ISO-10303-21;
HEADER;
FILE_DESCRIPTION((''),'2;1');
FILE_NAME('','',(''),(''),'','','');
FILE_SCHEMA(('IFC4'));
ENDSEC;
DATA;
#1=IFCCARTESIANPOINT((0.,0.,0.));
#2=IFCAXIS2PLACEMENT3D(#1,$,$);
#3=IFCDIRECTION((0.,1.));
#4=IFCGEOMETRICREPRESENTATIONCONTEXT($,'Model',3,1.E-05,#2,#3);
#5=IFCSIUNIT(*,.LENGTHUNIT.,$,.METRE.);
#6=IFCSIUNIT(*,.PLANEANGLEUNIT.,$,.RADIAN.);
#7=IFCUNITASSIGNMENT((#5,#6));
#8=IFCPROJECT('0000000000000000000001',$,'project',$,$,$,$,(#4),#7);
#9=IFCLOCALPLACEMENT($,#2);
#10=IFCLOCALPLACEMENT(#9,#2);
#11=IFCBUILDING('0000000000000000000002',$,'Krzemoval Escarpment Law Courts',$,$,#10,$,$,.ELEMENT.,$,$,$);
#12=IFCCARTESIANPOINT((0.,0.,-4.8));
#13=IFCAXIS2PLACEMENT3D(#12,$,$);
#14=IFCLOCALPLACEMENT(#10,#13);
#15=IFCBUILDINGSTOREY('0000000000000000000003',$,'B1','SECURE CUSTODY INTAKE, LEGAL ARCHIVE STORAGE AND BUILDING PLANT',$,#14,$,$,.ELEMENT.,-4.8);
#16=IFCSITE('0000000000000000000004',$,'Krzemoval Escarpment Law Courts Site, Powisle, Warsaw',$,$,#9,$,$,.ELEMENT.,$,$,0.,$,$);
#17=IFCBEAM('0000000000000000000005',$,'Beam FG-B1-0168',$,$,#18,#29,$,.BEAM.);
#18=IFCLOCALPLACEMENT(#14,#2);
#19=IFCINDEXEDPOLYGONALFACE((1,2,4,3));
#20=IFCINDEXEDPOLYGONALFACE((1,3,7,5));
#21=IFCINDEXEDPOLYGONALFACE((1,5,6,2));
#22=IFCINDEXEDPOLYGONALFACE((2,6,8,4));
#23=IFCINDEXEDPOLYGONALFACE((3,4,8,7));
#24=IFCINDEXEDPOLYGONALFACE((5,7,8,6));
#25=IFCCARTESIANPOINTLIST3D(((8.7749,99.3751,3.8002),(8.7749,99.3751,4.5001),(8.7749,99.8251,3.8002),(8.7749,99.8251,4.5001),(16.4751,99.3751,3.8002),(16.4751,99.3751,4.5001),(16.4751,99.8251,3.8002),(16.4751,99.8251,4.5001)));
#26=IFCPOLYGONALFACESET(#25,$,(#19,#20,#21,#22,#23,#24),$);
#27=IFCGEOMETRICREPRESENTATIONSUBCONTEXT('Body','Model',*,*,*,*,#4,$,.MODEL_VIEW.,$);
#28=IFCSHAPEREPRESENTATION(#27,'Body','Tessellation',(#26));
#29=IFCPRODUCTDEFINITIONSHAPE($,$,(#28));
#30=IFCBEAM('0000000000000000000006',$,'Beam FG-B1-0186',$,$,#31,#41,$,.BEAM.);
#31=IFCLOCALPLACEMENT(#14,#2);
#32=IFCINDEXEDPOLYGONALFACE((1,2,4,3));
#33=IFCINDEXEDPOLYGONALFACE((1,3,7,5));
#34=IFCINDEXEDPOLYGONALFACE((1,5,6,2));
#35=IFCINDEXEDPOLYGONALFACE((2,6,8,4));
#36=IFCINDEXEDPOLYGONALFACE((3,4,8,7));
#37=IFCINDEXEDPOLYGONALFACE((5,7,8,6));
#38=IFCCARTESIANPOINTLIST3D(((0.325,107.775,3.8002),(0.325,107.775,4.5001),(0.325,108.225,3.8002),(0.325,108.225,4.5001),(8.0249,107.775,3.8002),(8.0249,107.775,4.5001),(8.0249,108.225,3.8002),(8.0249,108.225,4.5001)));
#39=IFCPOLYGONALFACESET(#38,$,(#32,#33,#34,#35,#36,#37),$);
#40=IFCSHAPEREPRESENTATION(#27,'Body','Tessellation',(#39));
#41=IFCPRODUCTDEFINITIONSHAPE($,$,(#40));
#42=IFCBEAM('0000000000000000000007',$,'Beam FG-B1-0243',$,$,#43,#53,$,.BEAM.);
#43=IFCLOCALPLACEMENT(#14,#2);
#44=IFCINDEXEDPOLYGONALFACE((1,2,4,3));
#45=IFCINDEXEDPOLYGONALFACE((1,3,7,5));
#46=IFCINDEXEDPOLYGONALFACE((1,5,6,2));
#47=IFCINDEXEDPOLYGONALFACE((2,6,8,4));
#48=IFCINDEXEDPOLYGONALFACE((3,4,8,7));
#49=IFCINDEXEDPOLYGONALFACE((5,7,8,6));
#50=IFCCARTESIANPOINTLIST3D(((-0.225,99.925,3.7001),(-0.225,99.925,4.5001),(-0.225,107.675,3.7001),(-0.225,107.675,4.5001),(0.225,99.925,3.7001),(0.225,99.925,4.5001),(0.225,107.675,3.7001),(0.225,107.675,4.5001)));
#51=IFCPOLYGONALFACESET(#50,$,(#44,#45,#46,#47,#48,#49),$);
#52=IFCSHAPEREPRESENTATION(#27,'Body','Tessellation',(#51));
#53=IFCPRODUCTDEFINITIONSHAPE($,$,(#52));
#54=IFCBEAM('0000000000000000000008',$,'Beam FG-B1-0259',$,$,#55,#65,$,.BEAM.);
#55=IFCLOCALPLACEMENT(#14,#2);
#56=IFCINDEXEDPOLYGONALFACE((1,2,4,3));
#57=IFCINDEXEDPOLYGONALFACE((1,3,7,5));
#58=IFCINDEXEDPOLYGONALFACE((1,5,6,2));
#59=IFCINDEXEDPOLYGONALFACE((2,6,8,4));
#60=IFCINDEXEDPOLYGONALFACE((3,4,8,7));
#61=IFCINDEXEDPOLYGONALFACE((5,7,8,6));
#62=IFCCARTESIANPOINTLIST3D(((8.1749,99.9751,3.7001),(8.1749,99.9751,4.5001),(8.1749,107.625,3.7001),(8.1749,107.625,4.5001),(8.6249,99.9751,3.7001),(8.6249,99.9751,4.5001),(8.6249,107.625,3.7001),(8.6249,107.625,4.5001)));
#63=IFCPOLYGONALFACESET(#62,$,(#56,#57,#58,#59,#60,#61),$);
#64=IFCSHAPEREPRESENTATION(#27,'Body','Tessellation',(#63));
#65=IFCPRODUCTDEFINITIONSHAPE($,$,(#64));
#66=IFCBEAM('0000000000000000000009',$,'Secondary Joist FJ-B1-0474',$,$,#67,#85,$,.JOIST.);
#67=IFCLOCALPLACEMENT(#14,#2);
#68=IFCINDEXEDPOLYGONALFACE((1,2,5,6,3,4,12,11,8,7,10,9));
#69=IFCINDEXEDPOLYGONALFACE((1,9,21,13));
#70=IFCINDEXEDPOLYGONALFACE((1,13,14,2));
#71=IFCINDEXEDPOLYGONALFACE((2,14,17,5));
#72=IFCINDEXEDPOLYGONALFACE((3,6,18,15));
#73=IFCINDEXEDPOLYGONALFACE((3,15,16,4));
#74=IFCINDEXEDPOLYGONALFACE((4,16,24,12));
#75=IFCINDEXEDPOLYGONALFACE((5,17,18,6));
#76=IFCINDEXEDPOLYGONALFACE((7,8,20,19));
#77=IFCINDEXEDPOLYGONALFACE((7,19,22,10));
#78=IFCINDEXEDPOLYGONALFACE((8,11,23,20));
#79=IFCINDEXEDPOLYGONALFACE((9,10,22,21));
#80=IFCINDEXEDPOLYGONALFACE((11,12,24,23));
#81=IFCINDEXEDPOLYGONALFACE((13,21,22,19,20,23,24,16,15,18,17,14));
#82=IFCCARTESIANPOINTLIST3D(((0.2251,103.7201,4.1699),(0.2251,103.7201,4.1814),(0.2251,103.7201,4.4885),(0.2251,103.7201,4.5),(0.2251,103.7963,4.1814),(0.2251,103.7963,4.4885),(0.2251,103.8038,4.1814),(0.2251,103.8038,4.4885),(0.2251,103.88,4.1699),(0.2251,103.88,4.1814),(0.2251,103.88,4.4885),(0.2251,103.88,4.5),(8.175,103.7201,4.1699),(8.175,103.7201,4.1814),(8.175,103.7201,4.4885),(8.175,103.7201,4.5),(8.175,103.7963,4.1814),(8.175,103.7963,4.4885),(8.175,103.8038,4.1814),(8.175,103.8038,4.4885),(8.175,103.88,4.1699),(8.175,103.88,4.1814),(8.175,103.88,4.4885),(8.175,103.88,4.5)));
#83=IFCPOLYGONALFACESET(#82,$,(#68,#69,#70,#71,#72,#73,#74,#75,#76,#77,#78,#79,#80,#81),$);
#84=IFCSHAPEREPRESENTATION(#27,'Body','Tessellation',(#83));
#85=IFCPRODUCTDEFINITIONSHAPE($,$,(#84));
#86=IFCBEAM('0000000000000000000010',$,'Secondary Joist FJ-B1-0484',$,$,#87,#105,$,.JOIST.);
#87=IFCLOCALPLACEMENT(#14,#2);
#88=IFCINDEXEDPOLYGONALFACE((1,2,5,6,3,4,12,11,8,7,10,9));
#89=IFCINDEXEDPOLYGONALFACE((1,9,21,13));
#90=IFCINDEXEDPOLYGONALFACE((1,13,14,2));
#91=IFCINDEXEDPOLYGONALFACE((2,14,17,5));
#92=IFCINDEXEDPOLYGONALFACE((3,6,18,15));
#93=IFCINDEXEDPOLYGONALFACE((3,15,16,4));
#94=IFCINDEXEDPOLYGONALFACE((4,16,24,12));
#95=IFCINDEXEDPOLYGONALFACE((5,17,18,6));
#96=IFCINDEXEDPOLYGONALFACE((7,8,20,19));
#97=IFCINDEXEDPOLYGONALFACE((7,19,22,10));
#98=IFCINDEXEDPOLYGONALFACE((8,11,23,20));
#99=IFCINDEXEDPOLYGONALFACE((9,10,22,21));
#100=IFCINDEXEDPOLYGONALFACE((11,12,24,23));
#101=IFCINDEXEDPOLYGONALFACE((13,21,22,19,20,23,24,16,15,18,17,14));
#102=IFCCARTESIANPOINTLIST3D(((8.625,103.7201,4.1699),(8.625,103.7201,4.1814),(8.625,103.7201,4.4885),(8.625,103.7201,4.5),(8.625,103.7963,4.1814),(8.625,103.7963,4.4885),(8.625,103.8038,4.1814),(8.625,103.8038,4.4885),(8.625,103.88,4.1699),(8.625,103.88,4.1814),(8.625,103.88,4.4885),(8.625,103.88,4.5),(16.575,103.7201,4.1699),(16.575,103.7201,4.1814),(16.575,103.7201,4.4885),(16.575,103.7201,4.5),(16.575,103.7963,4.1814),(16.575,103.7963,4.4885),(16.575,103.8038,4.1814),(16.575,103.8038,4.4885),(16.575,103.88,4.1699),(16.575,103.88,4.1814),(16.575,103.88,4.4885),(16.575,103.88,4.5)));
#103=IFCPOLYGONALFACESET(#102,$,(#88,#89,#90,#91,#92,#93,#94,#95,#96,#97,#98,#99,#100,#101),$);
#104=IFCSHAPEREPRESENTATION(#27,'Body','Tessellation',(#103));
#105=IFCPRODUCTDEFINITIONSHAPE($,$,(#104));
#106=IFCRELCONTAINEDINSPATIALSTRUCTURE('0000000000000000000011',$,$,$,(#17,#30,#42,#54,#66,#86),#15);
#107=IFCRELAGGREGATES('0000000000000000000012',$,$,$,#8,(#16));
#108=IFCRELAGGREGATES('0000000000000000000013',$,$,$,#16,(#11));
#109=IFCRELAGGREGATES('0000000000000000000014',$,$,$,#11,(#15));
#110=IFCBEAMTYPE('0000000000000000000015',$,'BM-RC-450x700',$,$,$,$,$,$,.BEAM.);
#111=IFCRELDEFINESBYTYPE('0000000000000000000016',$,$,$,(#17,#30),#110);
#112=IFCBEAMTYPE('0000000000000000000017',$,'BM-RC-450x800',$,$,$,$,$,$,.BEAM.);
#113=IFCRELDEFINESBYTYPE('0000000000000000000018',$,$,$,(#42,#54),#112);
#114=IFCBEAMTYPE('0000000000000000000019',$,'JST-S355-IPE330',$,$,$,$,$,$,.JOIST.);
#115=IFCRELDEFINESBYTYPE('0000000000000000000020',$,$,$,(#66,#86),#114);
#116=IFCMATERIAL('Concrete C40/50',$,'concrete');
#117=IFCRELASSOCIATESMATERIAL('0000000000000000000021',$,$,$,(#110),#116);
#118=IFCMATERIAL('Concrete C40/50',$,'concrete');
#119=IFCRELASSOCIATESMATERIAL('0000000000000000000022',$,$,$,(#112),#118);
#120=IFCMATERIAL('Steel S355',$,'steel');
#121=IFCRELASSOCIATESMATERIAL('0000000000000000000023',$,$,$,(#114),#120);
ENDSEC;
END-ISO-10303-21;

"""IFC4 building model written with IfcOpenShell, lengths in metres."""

from ifc_helpers import new_model, si_unit, direction, frame, origin, origin_2d, place, context, subcontext, project, spatial, rectangle, i_section, extrude, material, material_profile, profile_set, type_object, element, save


model = new_model("IFC4")

# Units and contexts
model_context = context("Model", 3, precision=1e-05, world=origin(), true_north=direction((0.0, 1.0)))
body_context = subcontext(model_context, "Body", "Model", "MODEL_VIEW")
ifc_project = project(units=[si_unit("LENGTHUNIT", "METRE"), si_unit("PLANEANGLEUNIT", "RADIAN")], contexts=[model_context])

# Site, building, storey
site_placement = place(None, origin())
site = spatial("IfcSite", under=ifc_project, at=site_placement, Name="Krzemoval Escarpment Law Courts Site, Powisle, Warsaw", CompositionType="ELEMENT", RefElevation=0.0)
building_placement = place(site_placement, origin())
building = spatial("IfcBuilding", under=site, at=building_placement, Name="Krzemoval Escarpment Law Courts", CompositionType="ELEMENT")
storey_placement = place(building_placement, frame((0.0, 0.0, -4.8)))
storey = spatial("IfcBuildingStorey", under=building, at=storey_placement, Name="B1", Description="SECURE CUSTODY INTAKE, LEGAL ARCHIVE STORAGE AND BUILDING PLANT", CompositionType="ELEMENT", Elevation=-4.8)

# Beams
ifc_material_1 = material(Name="Concrete C40/50", Category="concrete")
ifc_material_profile_1 = material_profile(ifc_material_1, rectangle(XDim=0.45, YDim=0.7, at=origin_2d()), Name="RCB 450x700")
ifc_profile_set_1 = profile_set([ifc_material_profile_1], Name="Concrete C40/50")
beam_type_1 = type_object("IfcBeamType", Name="BM-RC-450x700", PredefinedType="BEAM", material=ifc_profile_set_1)
beam_1_placement = place(storey_placement, frame((8.7749, 99.6001, 4.1501), z_axis=(1.0, 0.0, 0.0), x_axis=(0.0, 1.0, 0.0)))
element("IfcBeam", 1, at=beam_1_placement, inside=storey, type_object=beam_type_1, Name="Beam FG-B1-0168", PredefinedType="BEAM", context=body_context, shape_type="SweptSolid", body=[
    extrude(rectangle(XDim=0.45, YDim=0.7, at=origin_2d()), origin(), (0.0, 0.0, 1.0), 7.7002),
])
beam_2_placement = place(storey_placement, frame((0.325, 108.0, 4.1501), z_axis=(1.0, 0.0, 0.0), x_axis=(0.0, 1.0, 0.0)))
element("IfcBeam", 2, at=beam_2_placement, inside=storey, type_object=beam_type_1, Name="Beam FG-B1-0186", PredefinedType="BEAM", context=body_context, shape_type="SweptSolid", body=[
    extrude(rectangle(XDim=0.45, YDim=0.7, at=origin_2d()), origin(), (0.0, 0.0, 1.0), 7.7),
])
ifc_material_2 = material(Name="Concrete C40/50", Category="concrete")
ifc_material_profile_2 = material_profile(ifc_material_2, rectangle(XDim=0.45, YDim=0.8, at=origin_2d()), Name="RCB 450x800")
ifc_profile_set_2 = profile_set([ifc_material_profile_2], Name="Concrete C40/50")
beam_type_2 = type_object("IfcBeamType", Name="BM-RC-450x800", PredefinedType="BEAM", material=ifc_profile_set_2)
beam_3_placement = place(storey_placement, frame((0.0, 99.925, 4.1001), z_axis=(0.0, 1.0, 0.0), x_axis=(-1.0, 0.0, 0.0)))
element("IfcBeam", 3, at=beam_3_placement, inside=storey, type_object=beam_type_2, Name="Beam FG-B1-0243", PredefinedType="BEAM", context=body_context, shape_type="SweptSolid", body=[
    extrude(rectangle(XDim=0.45, YDim=0.8, at=origin_2d()), origin(), (0.0, 0.0, 1.0), 7.75),
])
beam_4_placement = place(storey_placement, frame((8.3999, 99.9751, 4.1001), z_axis=(0.0, 1.0, 0.0), x_axis=(-1.0, 0.0, 0.0)))
element("IfcBeam", 4, at=beam_4_placement, inside=storey, type_object=beam_type_2, Name="Beam FG-B1-0259", PredefinedType="BEAM", context=body_context, shape_type="SweptSolid", body=[
    extrude(rectangle(XDim=0.45, YDim=0.8, at=origin_2d()), origin(), (0.0, 0.0, 1.0), 7.6499),
])
ifc_material_3 = material(Name="Steel S355", Category="steel")
ifc_material_profile_3 = material_profile(ifc_material_3, i_section(OverallWidth=0.1599, OverallDepth=0.3301, WebThickness=0.0076, FlangeThickness=0.0115, at=origin_2d()), Name="IPE 330")
ifc_profile_set_3 = profile_set([ifc_material_profile_3], Name="Steel S355")
beam_type_3 = type_object("IfcBeamType", Name="JST-S355-IPE330", PredefinedType="JOIST", material=ifc_profile_set_3)
for number, where, z_axis, x_axis, name in (
    (5, (0.2251, 103.8, 4.335), (1.0, 0.0, 0.0), (0.0, 1.0, 0.0), "Secondary Joist FJ-B1-0474"),
    (6, (8.625, 103.8, 4.335), (1.0, 0.0, 0.0), (0.0, 1.0, 0.0), "Secondary Joist FJ-B1-0484"),
):
    element("IfcBeam", number, at=place(storey_placement, frame(where, z_axis=z_axis, x_axis=x_axis)), inside=storey, type_object=beam_type_3, Name=name, PredefinedType="JOIST", context=body_context, shape_type="SweptSolid", body=[
        extrude(i_section(OverallWidth=0.1599, OverallDepth=0.3301, WebThickness=0.0076, FlangeThickness=0.0115, at=origin_2d()), origin(), (0.0, 0.0, 1.0), 7.95),
    ])

save(model, "model.ifc")
